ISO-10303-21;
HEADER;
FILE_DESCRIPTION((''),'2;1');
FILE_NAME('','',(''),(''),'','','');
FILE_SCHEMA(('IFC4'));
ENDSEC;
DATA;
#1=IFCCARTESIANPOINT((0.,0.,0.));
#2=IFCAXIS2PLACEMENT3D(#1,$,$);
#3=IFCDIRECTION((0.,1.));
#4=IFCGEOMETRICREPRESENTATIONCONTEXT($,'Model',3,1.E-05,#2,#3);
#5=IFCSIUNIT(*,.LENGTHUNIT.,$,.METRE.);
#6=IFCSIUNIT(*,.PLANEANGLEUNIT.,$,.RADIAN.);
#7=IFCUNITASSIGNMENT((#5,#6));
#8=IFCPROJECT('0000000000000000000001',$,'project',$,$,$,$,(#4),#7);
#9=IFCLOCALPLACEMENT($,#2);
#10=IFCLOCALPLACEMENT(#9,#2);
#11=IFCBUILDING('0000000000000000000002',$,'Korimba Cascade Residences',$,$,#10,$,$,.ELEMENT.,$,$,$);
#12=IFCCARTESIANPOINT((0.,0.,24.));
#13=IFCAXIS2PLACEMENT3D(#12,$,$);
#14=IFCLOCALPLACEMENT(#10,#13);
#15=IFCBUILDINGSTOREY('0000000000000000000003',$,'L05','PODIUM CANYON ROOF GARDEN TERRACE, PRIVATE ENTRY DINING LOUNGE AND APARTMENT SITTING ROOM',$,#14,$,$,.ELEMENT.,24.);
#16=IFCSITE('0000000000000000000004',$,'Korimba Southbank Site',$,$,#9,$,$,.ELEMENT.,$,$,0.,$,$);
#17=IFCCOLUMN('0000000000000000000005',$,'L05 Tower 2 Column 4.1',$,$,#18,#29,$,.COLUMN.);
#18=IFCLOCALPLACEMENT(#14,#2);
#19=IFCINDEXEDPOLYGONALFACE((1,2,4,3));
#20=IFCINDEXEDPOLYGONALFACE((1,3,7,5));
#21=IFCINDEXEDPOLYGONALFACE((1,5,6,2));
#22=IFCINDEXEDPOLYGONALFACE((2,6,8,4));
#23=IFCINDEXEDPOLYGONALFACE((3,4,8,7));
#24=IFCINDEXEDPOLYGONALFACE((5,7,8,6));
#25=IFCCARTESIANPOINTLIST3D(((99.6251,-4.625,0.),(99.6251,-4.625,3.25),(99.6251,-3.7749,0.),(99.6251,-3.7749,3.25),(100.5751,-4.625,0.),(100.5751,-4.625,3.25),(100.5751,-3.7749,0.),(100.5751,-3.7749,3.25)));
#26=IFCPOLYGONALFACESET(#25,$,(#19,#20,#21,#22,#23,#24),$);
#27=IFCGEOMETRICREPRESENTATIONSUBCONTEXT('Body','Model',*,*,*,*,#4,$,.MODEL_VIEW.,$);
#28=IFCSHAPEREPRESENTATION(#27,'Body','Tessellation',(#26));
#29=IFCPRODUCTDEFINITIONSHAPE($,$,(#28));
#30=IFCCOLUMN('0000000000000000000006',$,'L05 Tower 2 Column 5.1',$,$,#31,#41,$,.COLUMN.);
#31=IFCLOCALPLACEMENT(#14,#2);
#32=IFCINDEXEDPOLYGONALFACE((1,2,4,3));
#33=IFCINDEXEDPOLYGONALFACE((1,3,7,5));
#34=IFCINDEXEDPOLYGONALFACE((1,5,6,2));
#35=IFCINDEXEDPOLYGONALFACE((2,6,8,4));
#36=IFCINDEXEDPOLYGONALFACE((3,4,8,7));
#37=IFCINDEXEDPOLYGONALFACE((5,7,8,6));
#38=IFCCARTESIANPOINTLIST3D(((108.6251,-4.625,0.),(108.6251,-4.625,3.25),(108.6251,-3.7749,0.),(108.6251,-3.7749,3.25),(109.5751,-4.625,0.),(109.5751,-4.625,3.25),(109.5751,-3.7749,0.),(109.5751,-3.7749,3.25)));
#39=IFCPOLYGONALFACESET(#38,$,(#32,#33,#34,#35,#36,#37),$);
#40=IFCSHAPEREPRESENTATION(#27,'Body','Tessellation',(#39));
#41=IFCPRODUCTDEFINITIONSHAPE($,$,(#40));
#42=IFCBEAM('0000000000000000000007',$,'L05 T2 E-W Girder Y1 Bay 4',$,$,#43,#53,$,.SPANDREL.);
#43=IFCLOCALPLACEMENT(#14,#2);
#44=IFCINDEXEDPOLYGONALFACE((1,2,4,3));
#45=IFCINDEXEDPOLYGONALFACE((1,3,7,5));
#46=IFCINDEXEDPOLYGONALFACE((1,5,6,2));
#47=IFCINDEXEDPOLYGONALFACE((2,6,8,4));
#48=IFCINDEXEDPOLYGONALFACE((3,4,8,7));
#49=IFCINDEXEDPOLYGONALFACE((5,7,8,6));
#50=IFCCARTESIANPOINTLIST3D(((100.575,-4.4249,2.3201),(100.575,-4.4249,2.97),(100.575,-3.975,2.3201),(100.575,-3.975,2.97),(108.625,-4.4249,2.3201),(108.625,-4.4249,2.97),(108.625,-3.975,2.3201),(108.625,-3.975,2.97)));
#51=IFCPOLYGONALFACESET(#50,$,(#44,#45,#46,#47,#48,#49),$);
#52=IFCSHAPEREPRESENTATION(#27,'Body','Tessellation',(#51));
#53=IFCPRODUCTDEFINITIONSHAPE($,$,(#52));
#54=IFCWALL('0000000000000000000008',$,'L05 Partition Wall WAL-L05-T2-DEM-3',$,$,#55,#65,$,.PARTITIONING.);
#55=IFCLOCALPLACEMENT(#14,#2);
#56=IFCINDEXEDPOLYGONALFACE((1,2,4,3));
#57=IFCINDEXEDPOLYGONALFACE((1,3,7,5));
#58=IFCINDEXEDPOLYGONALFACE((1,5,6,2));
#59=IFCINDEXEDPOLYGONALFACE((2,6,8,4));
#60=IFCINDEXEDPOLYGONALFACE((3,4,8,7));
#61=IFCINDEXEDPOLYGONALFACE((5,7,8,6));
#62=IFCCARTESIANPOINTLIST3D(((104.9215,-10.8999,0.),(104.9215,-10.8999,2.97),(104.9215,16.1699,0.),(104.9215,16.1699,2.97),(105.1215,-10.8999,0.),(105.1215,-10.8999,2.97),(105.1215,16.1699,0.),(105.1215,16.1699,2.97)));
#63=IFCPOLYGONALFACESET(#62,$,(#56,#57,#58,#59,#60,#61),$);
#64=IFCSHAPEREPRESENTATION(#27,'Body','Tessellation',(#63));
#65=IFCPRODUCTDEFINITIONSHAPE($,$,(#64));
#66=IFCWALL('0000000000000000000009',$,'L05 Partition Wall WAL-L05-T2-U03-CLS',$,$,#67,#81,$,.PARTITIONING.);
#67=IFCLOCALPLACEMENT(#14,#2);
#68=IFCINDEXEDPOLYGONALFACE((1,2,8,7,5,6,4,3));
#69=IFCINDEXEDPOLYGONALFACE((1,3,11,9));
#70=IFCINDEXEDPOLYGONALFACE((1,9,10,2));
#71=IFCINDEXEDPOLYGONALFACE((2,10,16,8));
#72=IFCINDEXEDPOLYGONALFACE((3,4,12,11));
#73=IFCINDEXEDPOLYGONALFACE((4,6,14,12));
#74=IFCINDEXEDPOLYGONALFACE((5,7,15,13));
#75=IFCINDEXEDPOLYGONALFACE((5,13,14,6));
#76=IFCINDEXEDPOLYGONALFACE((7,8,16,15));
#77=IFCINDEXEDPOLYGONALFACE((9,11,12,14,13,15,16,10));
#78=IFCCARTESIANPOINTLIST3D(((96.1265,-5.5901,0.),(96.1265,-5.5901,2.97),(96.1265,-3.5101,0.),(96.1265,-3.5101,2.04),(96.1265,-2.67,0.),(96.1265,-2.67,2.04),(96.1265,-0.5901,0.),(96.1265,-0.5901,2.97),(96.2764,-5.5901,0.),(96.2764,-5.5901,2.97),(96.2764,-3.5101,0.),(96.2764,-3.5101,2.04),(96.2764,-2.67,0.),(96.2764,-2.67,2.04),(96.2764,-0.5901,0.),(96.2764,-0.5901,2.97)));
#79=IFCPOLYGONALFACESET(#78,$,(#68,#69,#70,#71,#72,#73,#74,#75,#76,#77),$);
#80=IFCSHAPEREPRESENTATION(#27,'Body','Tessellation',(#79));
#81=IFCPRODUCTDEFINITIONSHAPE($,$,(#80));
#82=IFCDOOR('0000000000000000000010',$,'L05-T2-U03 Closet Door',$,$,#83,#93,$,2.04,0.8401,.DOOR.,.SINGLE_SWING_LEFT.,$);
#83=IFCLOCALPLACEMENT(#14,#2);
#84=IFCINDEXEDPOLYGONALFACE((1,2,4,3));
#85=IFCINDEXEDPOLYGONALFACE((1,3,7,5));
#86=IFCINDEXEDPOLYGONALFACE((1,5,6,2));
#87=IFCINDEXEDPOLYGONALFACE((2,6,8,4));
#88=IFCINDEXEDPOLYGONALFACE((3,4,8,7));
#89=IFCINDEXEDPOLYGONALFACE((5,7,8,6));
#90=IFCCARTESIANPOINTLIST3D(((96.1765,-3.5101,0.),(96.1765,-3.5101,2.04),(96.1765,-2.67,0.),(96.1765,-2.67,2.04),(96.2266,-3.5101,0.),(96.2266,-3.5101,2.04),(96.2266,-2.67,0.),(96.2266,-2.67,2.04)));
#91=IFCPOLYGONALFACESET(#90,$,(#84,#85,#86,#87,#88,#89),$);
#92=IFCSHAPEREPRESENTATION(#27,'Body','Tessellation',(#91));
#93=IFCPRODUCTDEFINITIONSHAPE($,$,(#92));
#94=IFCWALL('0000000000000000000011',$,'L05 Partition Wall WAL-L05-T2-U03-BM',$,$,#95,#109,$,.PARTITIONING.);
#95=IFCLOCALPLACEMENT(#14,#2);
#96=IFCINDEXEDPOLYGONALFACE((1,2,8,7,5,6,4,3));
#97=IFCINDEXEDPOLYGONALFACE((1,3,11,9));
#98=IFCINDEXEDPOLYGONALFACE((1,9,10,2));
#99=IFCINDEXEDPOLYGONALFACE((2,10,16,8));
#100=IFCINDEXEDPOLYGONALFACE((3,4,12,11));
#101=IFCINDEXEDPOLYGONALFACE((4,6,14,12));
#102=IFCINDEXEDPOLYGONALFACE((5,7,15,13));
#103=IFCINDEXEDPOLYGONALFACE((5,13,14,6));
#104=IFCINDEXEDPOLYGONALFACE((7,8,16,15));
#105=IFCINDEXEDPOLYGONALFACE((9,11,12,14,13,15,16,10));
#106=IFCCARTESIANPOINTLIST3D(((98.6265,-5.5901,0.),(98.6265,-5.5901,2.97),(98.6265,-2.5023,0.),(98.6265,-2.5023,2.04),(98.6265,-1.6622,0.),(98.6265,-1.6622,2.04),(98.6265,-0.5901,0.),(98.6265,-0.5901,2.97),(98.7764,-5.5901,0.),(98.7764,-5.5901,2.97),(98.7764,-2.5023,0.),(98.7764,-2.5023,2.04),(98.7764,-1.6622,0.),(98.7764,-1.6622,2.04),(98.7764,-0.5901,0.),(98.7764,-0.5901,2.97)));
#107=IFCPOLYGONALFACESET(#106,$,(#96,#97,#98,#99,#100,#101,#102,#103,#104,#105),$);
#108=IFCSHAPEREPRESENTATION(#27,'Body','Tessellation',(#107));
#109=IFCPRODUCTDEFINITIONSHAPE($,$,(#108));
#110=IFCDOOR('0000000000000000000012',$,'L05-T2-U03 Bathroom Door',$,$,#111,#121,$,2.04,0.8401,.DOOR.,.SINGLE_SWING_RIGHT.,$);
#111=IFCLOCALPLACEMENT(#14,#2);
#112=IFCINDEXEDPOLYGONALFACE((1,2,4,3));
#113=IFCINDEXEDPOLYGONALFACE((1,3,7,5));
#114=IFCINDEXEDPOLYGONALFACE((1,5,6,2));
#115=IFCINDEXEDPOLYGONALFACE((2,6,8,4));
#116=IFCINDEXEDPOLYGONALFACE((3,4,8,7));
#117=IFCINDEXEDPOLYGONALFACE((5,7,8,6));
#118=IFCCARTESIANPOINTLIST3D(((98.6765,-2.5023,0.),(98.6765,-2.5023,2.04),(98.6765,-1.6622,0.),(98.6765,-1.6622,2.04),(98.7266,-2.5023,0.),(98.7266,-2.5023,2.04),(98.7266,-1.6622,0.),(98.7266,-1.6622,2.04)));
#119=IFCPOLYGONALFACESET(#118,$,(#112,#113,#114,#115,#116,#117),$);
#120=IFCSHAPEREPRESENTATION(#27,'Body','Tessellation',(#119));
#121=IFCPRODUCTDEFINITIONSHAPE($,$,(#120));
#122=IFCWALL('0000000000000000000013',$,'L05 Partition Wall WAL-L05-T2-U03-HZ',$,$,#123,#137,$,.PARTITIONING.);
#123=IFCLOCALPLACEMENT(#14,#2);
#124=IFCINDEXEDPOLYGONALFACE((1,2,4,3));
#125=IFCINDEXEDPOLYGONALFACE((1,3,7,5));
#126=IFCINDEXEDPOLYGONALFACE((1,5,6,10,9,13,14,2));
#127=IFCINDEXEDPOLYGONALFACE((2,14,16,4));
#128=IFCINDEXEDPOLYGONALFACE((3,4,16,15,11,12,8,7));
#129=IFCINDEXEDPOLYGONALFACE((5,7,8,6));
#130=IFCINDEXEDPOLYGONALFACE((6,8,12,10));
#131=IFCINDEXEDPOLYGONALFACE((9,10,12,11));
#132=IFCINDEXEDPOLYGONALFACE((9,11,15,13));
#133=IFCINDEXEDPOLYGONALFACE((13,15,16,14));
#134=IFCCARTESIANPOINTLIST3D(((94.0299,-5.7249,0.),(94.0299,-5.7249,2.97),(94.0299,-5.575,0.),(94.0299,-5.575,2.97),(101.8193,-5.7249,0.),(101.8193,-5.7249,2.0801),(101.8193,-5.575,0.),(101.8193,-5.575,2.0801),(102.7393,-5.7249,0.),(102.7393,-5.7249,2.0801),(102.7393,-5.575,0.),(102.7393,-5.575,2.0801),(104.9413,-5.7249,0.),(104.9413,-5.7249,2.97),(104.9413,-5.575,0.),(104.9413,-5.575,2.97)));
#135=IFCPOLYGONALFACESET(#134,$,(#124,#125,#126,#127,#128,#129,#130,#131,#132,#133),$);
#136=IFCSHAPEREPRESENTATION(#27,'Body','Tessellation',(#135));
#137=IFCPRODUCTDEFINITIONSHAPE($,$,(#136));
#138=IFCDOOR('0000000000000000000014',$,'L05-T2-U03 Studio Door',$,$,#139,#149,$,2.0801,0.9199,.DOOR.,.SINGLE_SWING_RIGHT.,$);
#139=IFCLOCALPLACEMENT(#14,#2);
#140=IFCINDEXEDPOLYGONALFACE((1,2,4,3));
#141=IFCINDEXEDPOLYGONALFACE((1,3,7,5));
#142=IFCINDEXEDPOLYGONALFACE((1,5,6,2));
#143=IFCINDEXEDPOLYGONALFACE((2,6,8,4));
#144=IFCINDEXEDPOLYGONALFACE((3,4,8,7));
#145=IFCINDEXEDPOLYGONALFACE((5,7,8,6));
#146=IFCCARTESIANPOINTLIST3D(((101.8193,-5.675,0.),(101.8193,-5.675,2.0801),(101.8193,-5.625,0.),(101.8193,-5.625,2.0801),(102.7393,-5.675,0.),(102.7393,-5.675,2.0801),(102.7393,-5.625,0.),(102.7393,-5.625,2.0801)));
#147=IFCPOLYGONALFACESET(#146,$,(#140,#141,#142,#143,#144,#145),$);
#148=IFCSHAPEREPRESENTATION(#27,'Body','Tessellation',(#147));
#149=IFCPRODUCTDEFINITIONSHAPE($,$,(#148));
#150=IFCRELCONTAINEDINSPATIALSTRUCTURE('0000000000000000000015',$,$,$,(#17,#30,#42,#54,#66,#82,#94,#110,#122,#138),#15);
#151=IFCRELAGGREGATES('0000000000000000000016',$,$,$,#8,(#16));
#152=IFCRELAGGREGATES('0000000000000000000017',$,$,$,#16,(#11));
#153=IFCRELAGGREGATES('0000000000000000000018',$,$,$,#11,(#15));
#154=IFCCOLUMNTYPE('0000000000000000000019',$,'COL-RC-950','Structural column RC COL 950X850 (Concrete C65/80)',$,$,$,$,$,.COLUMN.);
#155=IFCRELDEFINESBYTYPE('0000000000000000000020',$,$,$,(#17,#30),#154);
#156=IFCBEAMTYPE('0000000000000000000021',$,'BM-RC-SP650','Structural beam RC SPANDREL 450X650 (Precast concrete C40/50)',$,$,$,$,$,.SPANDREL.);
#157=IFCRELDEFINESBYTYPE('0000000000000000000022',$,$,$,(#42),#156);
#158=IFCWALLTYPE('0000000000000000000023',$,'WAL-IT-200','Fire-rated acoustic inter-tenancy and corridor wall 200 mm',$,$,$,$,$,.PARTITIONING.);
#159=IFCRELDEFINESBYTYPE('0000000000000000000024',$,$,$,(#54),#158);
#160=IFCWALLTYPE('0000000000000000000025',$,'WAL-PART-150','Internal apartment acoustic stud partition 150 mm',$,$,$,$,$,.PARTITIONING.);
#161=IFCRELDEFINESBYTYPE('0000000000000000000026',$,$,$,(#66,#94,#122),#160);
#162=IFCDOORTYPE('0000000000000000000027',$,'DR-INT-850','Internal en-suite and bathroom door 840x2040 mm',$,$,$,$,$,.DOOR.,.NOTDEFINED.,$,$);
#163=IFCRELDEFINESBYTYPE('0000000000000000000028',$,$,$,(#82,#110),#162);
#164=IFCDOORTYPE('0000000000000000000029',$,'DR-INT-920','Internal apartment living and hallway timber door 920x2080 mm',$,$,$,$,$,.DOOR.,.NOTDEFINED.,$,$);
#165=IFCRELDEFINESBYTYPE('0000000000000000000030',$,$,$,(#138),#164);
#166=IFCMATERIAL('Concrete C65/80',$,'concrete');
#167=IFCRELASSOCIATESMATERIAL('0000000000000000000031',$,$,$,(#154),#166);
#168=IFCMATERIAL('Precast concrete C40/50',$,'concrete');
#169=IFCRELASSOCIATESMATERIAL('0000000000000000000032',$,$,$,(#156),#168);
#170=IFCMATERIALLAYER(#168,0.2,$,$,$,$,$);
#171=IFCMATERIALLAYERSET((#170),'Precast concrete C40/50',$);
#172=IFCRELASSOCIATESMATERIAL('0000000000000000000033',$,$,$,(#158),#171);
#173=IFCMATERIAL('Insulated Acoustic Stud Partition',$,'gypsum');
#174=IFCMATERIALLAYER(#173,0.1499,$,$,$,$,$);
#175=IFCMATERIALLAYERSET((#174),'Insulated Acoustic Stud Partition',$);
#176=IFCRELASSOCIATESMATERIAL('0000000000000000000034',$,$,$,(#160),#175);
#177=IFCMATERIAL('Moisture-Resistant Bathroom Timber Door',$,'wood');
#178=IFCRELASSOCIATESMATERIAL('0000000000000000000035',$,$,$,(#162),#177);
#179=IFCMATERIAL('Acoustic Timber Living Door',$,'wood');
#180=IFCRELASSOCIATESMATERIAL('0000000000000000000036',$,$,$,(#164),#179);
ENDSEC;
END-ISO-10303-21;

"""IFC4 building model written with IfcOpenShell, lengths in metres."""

from ifc_helpers import new_model, si_unit, direction, frame, frame_2d, origin, origin_2d, place, context, subcontext, project, spatial, rectangle, extrude, material, layer, layer_set, material_profile, profile_set, type_object, element, fill, save


model = new_model("IFC4")

# Units and contexts
model_context = context("Model", 3, precision=1e-05, world=origin(), true_north=direction((0.0, 1.0)))
body_context = subcontext(model_context, "Body", "Model", "MODEL_VIEW")
ifc_project = project(units=[si_unit("LENGTHUNIT", "METRE"), si_unit("PLANEANGLEUNIT", "RADIAN")], contexts=[model_context])

# Site, building, storey
site_placement = place(None, origin())
site = spatial("IfcSite", under=ifc_project, at=site_placement, Name="Korimba Southbank Site", CompositionType="ELEMENT", RefElevation=0.0)
building_placement = place(site_placement, origin())
building = spatial("IfcBuilding", under=site, at=building_placement, Name="Korimba Cascade Residences", CompositionType="ELEMENT")
storey_placement = place(building_placement, frame((0.0, 0.0, 24.0)))
storey = spatial("IfcBuildingStorey", under=building, at=storey_placement, Name="L05", Description="PODIUM CANYON ROOF GARDEN TERRACE, PRIVATE ENTRY DINING LOUNGE AND APARTMENT SITTING ROOM", CompositionType="ELEMENT", Elevation=24.0)

# Columns
ifc_material_1 = material(Name="Concrete C65/80", Category="concrete")
ifc_material_profile_1 = material_profile(ifc_material_1, rectangle(XDim=0.95, YDim=0.8501, at=origin_2d()), Name="Concrete C65/80")
ifc_profile_set_1 = profile_set([ifc_material_profile_1], Name="Concrete C65/80")
column_type = type_object("IfcColumnType", Name="COL-RC-950", Description="Structural column RC COL 950X850 (Concrete C65/80)", PredefinedType="COLUMN", material=ifc_profile_set_1)
for number, where, z_axis, x_axis, name in (
    (1, (100.1001, -4.2, 0.0), (0.0, 0.0, 1.0), (1.0, 0.0, 0.0), "L05 Tower 2 Column 4.1"),
    (2, (109.1001, -4.2, 0.0), (0.0, 0.0, 1.0), (1.0, 0.0, 0.0), "L05 Tower 2 Column 5.1"),
):
    element("IfcColumn", number, at=place(storey_placement, frame(where, z_axis=z_axis, x_axis=x_axis)), inside=storey, type_object=column_type, Name=name, PredefinedType="COLUMN", context=body_context, shape_type="SweptSolid", body=[
        extrude(rectangle(XDim=0.95, YDim=0.8501, at=origin_2d()), origin(), (0.0, 0.0, 1.0), 3.25),
    ])

# Beam
ifc_material_2 = material(Name="Precast concrete C40/50", Category="concrete")
ifc_material_profile_2 = material_profile(ifc_material_2, rectangle(XDim=0.45, YDim=0.6499, at=origin_2d()), Name="Precast concrete C40/50")
ifc_profile_set_2 = profile_set([ifc_material_profile_2], Name="Precast concrete C40/50")
beam_type = type_object("IfcBeamType", Name="BM-RC-SP650", Description="Structural beam RC SPANDREL 450X650 (Precast concrete C40/50)", PredefinedType="SPANDREL", material=ifc_profile_set_2)
beam_placement = place(storey_placement, frame((100.575, -4.2, 2.645), z_axis=(1.0, 0.0, 0.0), x_axis=(0.0, 1.0, 0.0)))
element("IfcBeam", 3, at=beam_placement, inside=storey, type_object=beam_type, Name="L05 T2 E-W Girder Y1 Bay 4", PredefinedType="SPANDREL", context=body_context, shape_type="SweptSolid", body=[
    extrude(rectangle(XDim=0.45, YDim=0.6499, at=origin_2d()), origin(), (0.0, 0.0, 1.0), 8.05),
])

# Wall
ifc_layer_1 = layer(ifc_material_2, 0.2)
ifc_layer_set_1 = layer_set([ifc_layer_1], Name="Precast concrete C40/50")
wall_type_1 = type_object("IfcWallType", Name="WAL-IT-200", Description="Fire-rated acoustic inter-tenancy and corridor wall 200 mm", PredefinedType="PARTITIONING", material=ifc_layer_set_1)
wall_1_placement = place(storey_placement, frame((105.0215, -10.8999, 0.0), z_axis=(0.0, 0.0, 1.0), x_axis=(0.0, 1.0, 0.0)))
element("IfcWall", 4, at=wall_1_placement, inside=storey, type_object=wall_type_1, Name="L05 Partition Wall WAL-L05-T2-DEM-3", PredefinedType="PARTITIONING", context=body_context, shape_type="SweptSolid", body=[
    extrude(rectangle(XDim=27.0698, YDim=0.2, at=frame_2d((13.5349, 0.0))), origin(), (0.0, 0.0, 1.0), 2.97),
])

# Walls, openings, doors
ifc_material_3 = material(Name="Insulated Acoustic Stud Partition", Category="gypsum")
ifc_layer_2 = layer(ifc_material_3, 0.1499)
ifc_layer_set_2 = layer_set([ifc_layer_2], Name="Insulated Acoustic Stud Partition")
wall_type_2 = type_object("IfcWallType", Name="WAL-PART-150", Description="Internal apartment acoustic stud partition 150 mm", PredefinedType="PARTITIONING", material=ifc_layer_set_2)
wall_2_placement = place(storey_placement, frame((96.2014, -5.5901, 0.0), z_axis=(0.0, 0.0, 1.0), x_axis=(0.0, 1.0, 0.0)))
wall_2 = element("IfcWall", 5, at=wall_2_placement, inside=storey, type_object=wall_type_2, Name="L05 Partition Wall WAL-L05-T2-U03-CLS", PredefinedType="PARTITIONING", context=body_context, shape_type="SweptSolid", body=[
    extrude(rectangle(XDim=5.0, YDim=0.1499, at=frame_2d((2.5, 0.0))), origin(), (0.0, 0.0, 1.0), 2.97),
])
opening_1_placement = place(wall_2_placement, frame((2.0801, 0.0, 0.0)))
opening_1 = element("IfcOpeningElement", 6, at=opening_1_placement, cuts=wall_2, PredefinedType="OPENING", context=body_context, shape_type="SweptSolid", body=[
    extrude(rectangle(XDim=0.8401, YDim=2.04, at=frame_2d((0.4199, 1.02))), frame((0.0, 0.085, 0.0), z_axis=(0.0, -1.0, 0.0), x_axis=(1.0, 0.0, 0.0)), (0.0, 0.0, 1.0), 0.1699),
])
ifc_material_4 = material(Name="Moisture-Resistant Bathroom Timber Door", Category="wood")
door_type_1 = type_object("IfcDoorType", Name="DR-INT-850", Description="Internal en-suite and bathroom door 840x2040 mm", OperationType="NOTDEFINED", PredefinedType="DOOR", material=ifc_material_4)
door_1_placement = place(opening_1_placement, origin())
door_1 = element("IfcDoor", 7, at=door_1_placement, inside=storey, type_object=door_type_1, Name="L05-T2-U03 Closet Door", OperationType="SINGLE_SWING_LEFT", OverallHeight=2.04, OverallWidth=0.8401, PredefinedType="DOOR", context=body_context, shape_type="SweptSolid", body=[
    extrude(rectangle(XDim=0.8401, YDim=2.04, at=frame_2d((0.4199, 1.02))), frame((0.0, 0.0249, 0.0), z_axis=(0.0, -1.0, 0.0), x_axis=(1.0, 0.0, 0.0)), (0.0, 0.0, 1.0), 0.05),
])
fill(opening_1, door_1)
wall_3_placement = place(storey_placement, frame((98.7014, -5.5901, 0.0), z_axis=(0.0, 0.0, 1.0), x_axis=(0.0, 1.0, 0.0)))
wall_3 = element("IfcWall", 8, at=wall_3_placement, inside=storey, type_object=wall_type_2, Name="L05 Partition Wall WAL-L05-T2-U03-BM", PredefinedType="PARTITIONING", context=body_context, shape_type="SweptSolid", body=[
    extrude(rectangle(XDim=5.0, YDim=0.1499, at=frame_2d((2.5, 0.0))), origin(), (0.0, 0.0, 1.0), 2.97),
])
opening_2_placement = place(wall_3_placement, frame((3.0879, 0.0, 0.0)))
opening_2 = element("IfcOpeningElement", 9, at=opening_2_placement, cuts=wall_3, PredefinedType="OPENING", context=body_context, shape_type="SweptSolid", body=[
    extrude(rectangle(XDim=0.8401, YDim=2.04, at=frame_2d((0.4199, 1.02))), frame((0.0, 0.085, 0.0), z_axis=(0.0, -1.0, 0.0), x_axis=(1.0, 0.0, 0.0)), (0.0, 0.0, 1.0), 0.1699),
])
door_2_placement = place(opening_2_placement, origin())
door_2 = element("IfcDoor", 10, at=door_2_placement, inside=storey, type_object=door_type_1, Name="L05-T2-U03 Bathroom Door", OperationType="SINGLE_SWING_RIGHT", OverallHeight=2.04, OverallWidth=0.8401, PredefinedType="DOOR", context=body_context, shape_type="SweptSolid", body=[
    extrude(rectangle(XDim=0.8401, YDim=2.04, at=frame_2d((0.4199, 1.02))), frame((0.0, 0.0249, 0.0), z_axis=(0.0, -1.0, 0.0), x_axis=(1.0, 0.0, 0.0)), (0.0, 0.0, 1.0), 0.05),
])
fill(opening_2, door_2)
wall_4_placement = place(storey_placement, frame((94.03, -5.6499, 0.0), z_axis=(0.0, 0.0, 1.0), x_axis=(1.0, 0.0, 0.0)))
wall_4 = element("IfcWall", 11, at=wall_4_placement, inside=storey, type_object=wall_type_2, Name="L05 Partition Wall WAL-L05-T2-U03-HZ", PredefinedType="PARTITIONING", context=body_context, shape_type="SweptSolid", body=[
    extrude(rectangle(XDim=10.9114, YDim=0.1499, at=frame_2d((5.4556, 0.0))), origin(), (0.0, 0.0, 1.0), 2.97),
])
opening_3_placement = place(wall_4_placement, frame((7.7893, 0.0, 0.0)))
opening_3 = element("IfcOpeningElement", 12, at=opening_3_placement, cuts=wall_4, PredefinedType="OPENING", context=body_context, shape_type="SweptSolid", body=[
    extrude(rectangle(XDim=0.9199, YDim=2.0801, at=frame_2d((0.46, 1.04))), frame((0.0, 0.085, 0.0), z_axis=(0.0, -1.0, 0.0), x_axis=(1.0, 0.0, 0.0)), (0.0, 0.0, 1.0), 0.1699),
])
ifc_material_5 = material(Name="Acoustic Timber Living Door", Category="wood")
door_type_2 = type_object("IfcDoorType", Name="DR-INT-920", Description="Internal apartment living and hallway timber door 920x2080 mm", OperationType="NOTDEFINED", PredefinedType="DOOR", material=ifc_material_5)
door_3_placement = place(opening_3_placement, origin())
door_3 = element("IfcDoor", 13, at=door_3_placement, inside=storey, type_object=door_type_2, Name="L05-T2-U03 Studio Door", OperationType="SINGLE_SWING_RIGHT", OverallHeight=2.0801, OverallWidth=0.9199, PredefinedType="DOOR", context=body_context, shape_type="SweptSolid", body=[
    extrude(rectangle(XDim=0.9199, YDim=2.0801, at=frame_2d((0.46, 1.04))), frame((0.0, 0.0249, 0.0), z_axis=(0.0, -1.0, 0.0), x_axis=(1.0, 0.0, 0.0)), (0.0, 0.0, 1.0), 0.05),
])
fill(opening_3, door_3)

save(model, "model.ifc")
